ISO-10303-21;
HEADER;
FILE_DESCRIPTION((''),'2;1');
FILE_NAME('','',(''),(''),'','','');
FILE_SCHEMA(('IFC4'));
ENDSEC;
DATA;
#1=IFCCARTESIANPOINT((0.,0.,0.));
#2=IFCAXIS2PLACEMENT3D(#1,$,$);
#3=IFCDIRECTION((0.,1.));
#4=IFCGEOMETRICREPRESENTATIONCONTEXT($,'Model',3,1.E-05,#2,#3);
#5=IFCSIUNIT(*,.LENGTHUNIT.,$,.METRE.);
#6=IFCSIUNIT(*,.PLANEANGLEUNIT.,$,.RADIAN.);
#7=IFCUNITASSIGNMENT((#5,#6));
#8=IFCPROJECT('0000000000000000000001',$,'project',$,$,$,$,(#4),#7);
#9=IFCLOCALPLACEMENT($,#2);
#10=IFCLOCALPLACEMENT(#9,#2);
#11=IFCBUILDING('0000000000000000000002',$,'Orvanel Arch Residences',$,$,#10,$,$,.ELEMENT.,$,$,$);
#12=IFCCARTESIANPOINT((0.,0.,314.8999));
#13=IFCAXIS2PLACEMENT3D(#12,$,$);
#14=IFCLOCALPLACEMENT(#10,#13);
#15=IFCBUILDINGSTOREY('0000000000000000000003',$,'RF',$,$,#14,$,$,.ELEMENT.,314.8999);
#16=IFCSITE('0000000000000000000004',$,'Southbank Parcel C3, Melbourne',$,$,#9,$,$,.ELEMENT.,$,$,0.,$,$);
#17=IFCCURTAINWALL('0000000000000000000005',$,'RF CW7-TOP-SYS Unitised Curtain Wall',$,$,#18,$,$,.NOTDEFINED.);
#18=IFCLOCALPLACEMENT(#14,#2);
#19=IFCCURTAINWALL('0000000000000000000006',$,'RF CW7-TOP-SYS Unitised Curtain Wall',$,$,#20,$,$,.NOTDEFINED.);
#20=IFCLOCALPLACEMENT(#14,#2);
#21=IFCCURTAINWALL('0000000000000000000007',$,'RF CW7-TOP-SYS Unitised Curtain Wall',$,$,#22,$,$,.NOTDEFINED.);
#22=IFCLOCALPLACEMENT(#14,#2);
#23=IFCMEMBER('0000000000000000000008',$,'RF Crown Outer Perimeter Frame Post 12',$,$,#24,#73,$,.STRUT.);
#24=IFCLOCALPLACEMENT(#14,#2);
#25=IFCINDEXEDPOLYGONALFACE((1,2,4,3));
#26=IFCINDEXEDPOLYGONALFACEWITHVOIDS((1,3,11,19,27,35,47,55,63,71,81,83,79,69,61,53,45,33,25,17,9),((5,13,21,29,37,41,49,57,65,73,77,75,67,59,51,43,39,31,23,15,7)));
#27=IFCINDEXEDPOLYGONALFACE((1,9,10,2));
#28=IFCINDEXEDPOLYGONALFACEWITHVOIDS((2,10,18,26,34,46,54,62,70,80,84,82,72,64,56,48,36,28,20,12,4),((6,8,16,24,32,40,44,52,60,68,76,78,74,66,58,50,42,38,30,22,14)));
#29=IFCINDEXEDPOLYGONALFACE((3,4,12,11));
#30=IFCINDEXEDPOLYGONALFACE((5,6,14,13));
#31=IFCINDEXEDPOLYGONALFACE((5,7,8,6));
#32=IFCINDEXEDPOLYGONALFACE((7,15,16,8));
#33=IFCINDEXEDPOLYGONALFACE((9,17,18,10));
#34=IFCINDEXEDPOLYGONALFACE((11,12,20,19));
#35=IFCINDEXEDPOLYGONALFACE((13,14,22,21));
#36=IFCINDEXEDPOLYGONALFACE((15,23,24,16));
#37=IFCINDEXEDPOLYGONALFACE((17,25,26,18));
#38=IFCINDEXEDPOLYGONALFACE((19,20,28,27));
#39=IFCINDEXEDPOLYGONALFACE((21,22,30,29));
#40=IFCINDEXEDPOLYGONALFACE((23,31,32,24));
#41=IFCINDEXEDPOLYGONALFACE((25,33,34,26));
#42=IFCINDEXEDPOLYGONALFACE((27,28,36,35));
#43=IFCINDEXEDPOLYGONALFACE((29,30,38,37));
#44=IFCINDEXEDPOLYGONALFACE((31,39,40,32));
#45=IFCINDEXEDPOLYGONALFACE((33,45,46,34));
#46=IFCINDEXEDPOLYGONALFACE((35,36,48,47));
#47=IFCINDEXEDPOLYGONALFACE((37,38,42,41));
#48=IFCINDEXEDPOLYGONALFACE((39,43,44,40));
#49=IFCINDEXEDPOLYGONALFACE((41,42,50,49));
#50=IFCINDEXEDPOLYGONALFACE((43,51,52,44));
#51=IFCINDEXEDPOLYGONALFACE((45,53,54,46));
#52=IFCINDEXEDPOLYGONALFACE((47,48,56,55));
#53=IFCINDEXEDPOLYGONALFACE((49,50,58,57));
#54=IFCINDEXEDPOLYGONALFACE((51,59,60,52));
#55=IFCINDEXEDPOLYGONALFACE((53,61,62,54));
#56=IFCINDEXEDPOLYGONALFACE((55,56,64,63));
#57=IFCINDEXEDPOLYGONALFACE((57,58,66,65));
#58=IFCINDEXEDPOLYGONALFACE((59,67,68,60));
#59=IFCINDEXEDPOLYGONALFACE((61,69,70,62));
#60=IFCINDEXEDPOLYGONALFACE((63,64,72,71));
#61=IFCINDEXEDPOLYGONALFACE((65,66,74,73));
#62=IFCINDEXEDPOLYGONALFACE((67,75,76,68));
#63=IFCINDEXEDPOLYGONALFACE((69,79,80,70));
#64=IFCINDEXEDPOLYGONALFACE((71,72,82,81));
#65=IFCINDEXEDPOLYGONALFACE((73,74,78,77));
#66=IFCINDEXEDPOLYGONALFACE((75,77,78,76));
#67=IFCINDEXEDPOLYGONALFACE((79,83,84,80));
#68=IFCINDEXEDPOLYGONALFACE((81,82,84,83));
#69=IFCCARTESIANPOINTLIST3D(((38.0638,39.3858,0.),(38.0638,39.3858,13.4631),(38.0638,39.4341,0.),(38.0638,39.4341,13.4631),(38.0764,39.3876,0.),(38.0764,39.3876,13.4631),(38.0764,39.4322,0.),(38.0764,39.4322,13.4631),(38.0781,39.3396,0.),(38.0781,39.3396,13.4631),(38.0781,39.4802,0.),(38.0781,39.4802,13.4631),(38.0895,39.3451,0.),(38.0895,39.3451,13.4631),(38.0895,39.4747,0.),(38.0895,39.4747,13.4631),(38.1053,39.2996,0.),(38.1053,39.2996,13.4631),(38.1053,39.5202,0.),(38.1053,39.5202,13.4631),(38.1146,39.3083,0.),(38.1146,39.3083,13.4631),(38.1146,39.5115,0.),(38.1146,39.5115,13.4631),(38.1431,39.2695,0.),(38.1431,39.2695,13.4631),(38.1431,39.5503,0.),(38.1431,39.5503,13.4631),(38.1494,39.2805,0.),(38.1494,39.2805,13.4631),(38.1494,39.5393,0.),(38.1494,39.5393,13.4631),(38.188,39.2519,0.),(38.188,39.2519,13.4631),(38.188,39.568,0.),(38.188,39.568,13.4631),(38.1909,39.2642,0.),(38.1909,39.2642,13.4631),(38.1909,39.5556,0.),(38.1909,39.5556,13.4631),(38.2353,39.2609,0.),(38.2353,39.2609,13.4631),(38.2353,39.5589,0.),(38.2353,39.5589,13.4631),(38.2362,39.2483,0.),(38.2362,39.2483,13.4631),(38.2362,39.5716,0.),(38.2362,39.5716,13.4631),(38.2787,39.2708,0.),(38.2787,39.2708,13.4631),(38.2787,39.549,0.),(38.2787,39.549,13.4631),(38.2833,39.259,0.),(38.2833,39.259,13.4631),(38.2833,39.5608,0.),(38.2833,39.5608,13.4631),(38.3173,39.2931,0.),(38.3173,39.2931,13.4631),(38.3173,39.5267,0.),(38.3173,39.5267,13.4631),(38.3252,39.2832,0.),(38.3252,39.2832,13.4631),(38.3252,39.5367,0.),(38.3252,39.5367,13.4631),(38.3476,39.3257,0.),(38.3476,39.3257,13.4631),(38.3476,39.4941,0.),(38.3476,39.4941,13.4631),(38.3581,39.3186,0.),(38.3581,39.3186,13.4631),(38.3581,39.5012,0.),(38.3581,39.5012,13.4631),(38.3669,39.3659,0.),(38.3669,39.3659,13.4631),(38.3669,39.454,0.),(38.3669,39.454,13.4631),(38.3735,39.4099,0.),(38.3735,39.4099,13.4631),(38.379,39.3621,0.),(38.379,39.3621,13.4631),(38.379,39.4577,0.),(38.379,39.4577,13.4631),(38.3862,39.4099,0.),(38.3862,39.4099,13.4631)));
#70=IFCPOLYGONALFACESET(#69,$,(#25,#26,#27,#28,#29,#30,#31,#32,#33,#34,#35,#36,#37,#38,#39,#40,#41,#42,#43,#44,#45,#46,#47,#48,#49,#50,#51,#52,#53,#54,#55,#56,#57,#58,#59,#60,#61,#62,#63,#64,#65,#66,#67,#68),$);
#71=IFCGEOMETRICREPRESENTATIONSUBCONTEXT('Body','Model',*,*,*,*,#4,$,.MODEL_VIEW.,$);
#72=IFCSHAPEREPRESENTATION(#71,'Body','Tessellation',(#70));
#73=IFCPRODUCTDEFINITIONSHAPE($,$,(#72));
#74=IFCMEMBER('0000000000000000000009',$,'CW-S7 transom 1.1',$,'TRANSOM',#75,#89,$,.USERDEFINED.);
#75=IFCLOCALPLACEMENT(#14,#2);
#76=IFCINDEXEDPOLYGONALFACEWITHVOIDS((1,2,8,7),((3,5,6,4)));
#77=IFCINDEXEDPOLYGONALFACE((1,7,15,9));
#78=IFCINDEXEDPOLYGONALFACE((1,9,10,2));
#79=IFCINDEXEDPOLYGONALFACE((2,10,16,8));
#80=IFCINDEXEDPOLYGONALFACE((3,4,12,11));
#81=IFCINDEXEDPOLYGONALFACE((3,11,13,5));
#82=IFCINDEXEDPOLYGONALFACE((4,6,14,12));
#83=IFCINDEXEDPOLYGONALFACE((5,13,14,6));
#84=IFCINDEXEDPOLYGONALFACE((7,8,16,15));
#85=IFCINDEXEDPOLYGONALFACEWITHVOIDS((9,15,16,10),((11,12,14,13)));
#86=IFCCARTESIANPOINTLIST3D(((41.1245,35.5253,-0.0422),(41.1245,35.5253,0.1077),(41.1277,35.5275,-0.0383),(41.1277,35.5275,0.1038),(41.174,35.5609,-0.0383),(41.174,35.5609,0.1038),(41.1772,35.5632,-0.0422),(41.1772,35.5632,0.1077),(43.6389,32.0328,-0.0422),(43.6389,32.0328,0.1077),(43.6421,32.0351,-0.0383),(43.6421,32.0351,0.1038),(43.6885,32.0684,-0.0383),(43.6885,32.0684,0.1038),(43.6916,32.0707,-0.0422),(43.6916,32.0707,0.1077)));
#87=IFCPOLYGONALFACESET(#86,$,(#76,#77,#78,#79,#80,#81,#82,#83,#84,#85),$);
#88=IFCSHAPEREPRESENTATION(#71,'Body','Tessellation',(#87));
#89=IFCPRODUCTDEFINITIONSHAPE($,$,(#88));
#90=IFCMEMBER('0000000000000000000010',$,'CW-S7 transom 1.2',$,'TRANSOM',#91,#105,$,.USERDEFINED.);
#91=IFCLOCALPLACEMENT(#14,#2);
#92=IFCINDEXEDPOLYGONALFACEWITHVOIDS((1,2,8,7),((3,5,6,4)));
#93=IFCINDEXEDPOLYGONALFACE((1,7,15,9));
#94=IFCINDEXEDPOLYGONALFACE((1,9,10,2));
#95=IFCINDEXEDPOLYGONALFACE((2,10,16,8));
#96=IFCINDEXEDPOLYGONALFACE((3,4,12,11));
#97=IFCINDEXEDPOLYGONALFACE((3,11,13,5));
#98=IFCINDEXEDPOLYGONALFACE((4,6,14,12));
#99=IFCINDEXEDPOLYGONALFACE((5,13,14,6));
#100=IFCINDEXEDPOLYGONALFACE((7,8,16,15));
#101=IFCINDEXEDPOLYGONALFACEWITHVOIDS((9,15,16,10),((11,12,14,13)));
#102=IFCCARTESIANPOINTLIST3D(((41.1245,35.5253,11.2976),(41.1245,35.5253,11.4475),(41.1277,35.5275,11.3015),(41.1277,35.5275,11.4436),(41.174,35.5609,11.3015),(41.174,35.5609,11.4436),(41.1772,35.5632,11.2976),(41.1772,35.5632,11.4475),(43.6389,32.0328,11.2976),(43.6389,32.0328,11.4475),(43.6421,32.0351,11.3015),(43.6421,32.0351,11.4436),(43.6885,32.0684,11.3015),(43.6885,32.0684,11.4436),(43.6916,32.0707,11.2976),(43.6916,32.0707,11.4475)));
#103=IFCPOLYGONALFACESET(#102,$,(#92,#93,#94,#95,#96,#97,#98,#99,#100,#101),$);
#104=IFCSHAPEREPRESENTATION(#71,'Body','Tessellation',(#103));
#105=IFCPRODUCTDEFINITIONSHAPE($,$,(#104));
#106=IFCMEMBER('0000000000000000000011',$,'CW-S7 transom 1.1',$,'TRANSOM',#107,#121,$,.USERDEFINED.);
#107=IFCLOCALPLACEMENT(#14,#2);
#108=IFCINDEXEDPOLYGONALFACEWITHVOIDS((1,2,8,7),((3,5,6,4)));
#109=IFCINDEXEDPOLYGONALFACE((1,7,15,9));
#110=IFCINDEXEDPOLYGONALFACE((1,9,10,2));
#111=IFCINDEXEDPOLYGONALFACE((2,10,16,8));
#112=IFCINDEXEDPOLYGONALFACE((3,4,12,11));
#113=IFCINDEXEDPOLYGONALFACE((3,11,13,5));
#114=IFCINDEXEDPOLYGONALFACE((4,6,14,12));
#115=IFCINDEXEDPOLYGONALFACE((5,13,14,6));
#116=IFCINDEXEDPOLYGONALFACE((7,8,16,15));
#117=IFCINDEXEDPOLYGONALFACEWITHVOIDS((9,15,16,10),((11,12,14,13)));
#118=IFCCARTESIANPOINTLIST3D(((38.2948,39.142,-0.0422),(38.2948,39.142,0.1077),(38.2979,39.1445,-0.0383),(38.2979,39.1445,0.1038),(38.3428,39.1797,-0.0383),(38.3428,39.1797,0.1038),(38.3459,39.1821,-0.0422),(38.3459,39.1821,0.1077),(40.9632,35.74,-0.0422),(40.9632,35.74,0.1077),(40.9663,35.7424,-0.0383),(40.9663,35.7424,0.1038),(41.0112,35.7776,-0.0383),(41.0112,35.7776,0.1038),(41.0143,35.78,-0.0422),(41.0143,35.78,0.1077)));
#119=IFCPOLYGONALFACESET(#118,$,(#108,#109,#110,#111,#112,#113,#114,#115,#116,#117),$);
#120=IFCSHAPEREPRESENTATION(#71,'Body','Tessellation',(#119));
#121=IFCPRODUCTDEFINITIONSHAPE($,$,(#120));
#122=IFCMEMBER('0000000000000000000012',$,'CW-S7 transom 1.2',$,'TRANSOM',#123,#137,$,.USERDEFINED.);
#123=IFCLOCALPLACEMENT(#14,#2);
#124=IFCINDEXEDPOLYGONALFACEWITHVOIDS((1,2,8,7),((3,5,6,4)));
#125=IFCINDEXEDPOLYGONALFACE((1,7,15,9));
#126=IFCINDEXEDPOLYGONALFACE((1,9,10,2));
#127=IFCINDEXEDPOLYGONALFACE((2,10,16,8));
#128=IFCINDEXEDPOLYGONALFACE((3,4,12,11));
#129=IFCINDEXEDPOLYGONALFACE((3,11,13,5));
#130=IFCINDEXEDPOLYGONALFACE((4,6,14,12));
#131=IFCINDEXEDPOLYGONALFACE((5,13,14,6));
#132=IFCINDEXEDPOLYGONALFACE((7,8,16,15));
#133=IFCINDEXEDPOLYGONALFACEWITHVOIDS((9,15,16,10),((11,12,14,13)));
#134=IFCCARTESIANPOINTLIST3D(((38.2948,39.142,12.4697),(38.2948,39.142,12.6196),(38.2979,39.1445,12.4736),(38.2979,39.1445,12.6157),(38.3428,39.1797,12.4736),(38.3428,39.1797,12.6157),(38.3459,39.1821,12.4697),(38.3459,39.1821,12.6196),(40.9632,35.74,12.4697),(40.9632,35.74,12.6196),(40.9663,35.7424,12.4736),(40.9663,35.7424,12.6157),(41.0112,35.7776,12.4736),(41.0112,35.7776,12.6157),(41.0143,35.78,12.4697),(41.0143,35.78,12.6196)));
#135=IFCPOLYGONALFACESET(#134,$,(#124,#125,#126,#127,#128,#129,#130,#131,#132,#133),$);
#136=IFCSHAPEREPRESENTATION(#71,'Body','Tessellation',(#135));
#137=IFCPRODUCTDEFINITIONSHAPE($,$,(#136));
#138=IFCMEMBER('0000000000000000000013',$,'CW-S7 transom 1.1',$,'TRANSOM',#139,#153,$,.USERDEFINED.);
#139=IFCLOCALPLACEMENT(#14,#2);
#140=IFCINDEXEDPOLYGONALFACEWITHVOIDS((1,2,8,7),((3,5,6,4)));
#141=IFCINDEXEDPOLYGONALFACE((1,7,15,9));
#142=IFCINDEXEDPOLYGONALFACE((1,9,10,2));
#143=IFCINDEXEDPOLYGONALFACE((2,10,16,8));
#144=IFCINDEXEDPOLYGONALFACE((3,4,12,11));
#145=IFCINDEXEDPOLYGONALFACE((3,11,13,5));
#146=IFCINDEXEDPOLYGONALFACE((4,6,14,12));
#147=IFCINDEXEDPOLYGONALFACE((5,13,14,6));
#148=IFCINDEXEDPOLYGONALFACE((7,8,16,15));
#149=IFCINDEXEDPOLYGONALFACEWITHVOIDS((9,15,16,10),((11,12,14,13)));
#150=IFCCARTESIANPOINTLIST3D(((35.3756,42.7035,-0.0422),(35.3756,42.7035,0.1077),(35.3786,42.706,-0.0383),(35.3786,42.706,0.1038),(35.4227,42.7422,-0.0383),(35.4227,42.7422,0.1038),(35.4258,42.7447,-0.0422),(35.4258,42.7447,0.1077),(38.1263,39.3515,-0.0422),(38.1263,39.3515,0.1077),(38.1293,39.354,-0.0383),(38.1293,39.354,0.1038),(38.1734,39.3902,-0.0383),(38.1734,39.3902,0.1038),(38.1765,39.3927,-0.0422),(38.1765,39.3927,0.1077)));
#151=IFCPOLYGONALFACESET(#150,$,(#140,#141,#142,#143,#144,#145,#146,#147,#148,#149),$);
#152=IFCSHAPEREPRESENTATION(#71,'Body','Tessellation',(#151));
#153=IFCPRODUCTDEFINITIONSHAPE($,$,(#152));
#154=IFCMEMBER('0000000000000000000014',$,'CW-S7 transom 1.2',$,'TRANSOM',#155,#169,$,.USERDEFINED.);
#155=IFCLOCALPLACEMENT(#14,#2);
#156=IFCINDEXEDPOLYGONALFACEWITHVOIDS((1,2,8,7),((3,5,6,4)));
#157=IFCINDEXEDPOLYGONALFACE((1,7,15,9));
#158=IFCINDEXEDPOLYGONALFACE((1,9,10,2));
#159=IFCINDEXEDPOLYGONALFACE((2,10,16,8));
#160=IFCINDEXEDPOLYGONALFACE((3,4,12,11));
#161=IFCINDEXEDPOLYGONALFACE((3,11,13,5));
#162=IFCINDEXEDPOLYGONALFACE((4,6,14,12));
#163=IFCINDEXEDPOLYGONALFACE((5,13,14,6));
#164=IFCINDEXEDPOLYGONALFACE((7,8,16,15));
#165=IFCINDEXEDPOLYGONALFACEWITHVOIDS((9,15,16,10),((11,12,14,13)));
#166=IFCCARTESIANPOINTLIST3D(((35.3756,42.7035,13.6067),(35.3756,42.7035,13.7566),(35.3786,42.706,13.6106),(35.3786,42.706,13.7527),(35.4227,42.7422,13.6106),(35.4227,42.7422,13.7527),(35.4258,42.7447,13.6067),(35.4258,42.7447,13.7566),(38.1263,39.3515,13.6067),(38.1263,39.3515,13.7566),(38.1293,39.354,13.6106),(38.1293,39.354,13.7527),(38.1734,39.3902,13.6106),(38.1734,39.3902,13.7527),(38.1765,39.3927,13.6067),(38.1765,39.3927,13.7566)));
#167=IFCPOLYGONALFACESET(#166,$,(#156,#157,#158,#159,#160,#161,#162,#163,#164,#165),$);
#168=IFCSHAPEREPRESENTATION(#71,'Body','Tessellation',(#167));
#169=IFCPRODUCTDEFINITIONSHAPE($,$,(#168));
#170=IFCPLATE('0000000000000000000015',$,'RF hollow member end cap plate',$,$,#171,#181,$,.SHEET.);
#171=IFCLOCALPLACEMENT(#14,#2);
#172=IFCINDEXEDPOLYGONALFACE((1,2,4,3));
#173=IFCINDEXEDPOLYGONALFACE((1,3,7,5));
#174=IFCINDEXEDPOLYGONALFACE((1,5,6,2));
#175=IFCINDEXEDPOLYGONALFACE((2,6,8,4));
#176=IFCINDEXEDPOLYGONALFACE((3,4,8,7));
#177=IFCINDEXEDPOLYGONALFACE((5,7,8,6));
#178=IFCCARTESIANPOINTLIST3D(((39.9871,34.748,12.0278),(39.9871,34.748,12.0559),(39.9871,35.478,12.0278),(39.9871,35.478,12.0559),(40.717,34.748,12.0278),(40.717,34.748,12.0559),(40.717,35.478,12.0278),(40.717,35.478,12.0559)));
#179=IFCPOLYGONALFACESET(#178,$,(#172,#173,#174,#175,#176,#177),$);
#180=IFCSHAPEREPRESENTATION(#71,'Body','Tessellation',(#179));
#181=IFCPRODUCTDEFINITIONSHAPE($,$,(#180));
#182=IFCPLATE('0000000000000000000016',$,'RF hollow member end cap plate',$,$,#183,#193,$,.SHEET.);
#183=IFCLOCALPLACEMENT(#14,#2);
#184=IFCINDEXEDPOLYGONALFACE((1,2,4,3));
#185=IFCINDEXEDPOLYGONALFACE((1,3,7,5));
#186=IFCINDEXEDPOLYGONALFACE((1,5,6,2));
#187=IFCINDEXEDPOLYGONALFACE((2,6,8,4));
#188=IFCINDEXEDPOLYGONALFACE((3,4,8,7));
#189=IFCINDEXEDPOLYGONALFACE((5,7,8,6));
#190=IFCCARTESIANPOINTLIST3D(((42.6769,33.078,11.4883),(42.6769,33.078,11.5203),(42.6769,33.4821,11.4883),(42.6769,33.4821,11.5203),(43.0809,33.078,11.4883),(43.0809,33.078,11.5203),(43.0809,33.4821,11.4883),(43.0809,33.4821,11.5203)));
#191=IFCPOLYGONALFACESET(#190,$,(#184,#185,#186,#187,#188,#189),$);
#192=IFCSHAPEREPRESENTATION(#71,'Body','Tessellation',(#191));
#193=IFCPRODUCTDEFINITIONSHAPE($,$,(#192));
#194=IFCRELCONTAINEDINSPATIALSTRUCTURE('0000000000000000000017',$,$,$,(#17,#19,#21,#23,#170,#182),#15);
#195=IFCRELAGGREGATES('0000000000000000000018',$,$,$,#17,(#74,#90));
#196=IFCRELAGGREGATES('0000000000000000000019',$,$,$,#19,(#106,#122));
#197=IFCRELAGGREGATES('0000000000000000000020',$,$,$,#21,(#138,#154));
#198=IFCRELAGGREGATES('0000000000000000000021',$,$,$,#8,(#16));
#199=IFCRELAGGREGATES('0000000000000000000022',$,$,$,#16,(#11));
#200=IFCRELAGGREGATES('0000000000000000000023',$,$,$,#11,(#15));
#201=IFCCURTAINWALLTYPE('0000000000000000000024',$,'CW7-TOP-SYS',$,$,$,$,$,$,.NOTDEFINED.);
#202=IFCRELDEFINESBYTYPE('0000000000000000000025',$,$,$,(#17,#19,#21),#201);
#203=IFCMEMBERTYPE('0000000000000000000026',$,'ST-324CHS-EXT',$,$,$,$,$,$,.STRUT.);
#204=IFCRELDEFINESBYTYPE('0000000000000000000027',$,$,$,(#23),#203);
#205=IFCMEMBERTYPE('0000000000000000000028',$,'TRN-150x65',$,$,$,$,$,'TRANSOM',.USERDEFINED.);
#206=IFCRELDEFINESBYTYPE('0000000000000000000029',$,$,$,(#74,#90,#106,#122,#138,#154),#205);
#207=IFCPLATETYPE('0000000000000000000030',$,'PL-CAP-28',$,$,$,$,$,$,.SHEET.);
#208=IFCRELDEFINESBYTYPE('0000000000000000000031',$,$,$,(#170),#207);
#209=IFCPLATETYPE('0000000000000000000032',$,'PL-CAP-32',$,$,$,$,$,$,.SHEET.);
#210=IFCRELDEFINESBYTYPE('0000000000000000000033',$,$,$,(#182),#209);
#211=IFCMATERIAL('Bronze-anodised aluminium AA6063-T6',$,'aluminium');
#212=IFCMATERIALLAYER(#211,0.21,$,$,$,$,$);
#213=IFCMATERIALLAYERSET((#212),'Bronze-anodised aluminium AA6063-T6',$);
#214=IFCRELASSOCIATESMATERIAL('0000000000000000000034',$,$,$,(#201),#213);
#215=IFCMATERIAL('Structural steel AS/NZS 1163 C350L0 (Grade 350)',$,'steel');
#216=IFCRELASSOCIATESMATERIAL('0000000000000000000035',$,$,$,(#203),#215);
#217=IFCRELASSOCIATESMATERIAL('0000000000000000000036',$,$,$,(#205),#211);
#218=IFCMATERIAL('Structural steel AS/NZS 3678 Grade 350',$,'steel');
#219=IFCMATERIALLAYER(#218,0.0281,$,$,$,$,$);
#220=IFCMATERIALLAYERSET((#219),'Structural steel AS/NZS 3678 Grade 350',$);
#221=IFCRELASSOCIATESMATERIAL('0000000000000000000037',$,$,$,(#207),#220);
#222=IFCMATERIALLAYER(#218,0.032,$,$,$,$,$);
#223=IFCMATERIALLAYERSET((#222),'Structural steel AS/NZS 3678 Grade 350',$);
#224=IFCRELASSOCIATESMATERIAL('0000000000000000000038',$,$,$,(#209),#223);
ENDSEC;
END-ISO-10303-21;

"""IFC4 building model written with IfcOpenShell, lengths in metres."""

from ifc_helpers import new_model, si_unit, direction, frame, origin, origin_2d, place, context, subcontext, project, spatial, rectangle, hollow_rectangle, hollow_circle, extrude, material, layer, layer_set, material_profile, profile_set, type_object, element, aggregate, save


model = new_model("IFC4")

# Units and contexts
model_context = context("Model", 3, precision=1e-05, world=origin(), true_north=direction((0.0, 1.0)))
body_context = subcontext(model_context, "Body", "Model", "MODEL_VIEW")
ifc_project = project(units=[si_unit("LENGTHUNIT", "METRE"), si_unit("PLANEANGLEUNIT", "RADIAN")], contexts=[model_context])

# Site, building, storey
site_placement = place(None, origin())
site = spatial("IfcSite", under=ifc_project, at=site_placement, Name="Southbank Parcel C3, Melbourne", CompositionType="ELEMENT", RefElevation=0.0)
building_placement = place(site_placement, origin())
building = spatial("IfcBuilding", under=site, at=building_placement, Name="Orvanel Arch Residences", CompositionType="ELEMENT")
storey_placement = place(building_placement, frame((0.0, 0.0, 314.8999)))
storey = spatial("IfcBuildingStorey", under=building, at=storey_placement, Name="RF", CompositionType="ELEMENT", Elevation=314.8999)

# Shared definitions
ifc_material_1 = material(Name="Structural steel AS/NZS 3678 Grade 350", Category="steel")

# Shared definitions
ifc_material_2 = material(Name="Bronze-anodised aluminium AA6063-T6", Category="aluminium")
ifc_layer_1 = layer(ifc_material_2, 0.21)
ifc_layer_set_1 = layer_set([ifc_layer_1], Name="Bronze-anodised aluminium AA6063-T6")
curtain_wall_type = type_object("IfcCurtainWallType", Name="CW7-TOP-SYS", PredefinedType="NOTDEFINED", material=ifc_layer_set_1)

# Curtain walls
curtain_wall_1_placement = place(storey_placement, origin())
curtain_wall_1 = element("IfcCurtainWall", 1, at=curtain_wall_1_placement, inside=storey, type_object=curtain_wall_type, Name="RF CW7-TOP-SYS Unitised Curtain Wall", PredefinedType="NOTDEFINED")
curtain_wall_2_placement = place(storey_placement, origin())
curtain_wall_2 = element("IfcCurtainWall", 2, at=curtain_wall_2_placement, inside=storey, type_object=curtain_wall_type, Name="RF CW7-TOP-SYS Unitised Curtain Wall", PredefinedType="NOTDEFINED")
curtain_wall_3_placement = place(storey_placement, origin())
curtain_wall_3 = element("IfcCurtainWall", 3, at=curtain_wall_3_placement, inside=storey, type_object=curtain_wall_type, Name="RF CW7-TOP-SYS Unitised Curtain Wall", PredefinedType="NOTDEFINED")

# Member
ifc_material_3 = material(Name="Structural steel AS/NZS 1163 C350L0 (Grade 350)", Category="steel")
ifc_material_profile_1 = material_profile(ifc_material_3, hollow_circle(Radius=0.1621, WallThickness=0.0127, at=origin_2d()), Name="CHS324x12.7")
ifc_profile_set_1 = profile_set([ifc_material_profile_1], Name="Structural steel AS/NZS 1163 C350L0 (Grade 350)")
member_type_1 = type_object("IfcMemberType", Name="ST-324CHS-EXT", PredefinedType="STRUT", material=ifc_profile_set_1)
member_1_placement = place(storey_placement, frame((38.2241, 39.4099, 0.0), z_axis=(0.0, 0.0, 1.0), x_axis=(1.0, 0.0, 0.0)))
element("IfcMember", 4, at=member_1_placement, inside=storey, type_object=member_type_1, Name="RF Crown Outer Perimeter Frame Post 12", PredefinedType="STRUT", context=body_context, shape_type="SweptSolid", body=[
    extrude(hollow_circle(Radius=0.1621, WallThickness=0.0127, at=origin_2d()), origin(), (0.0, 0.0, 1.0), 13.4631),
])

# Members
ifc_material_profile_2 = material_profile(ifc_material_2, hollow_rectangle(XDim=0.0649, YDim=0.1499, WallThickness=0.0039, at=origin_2d()), Name="ALU150x65x4")
ifc_profile_set_2 = profile_set([ifc_material_profile_2], Name="Bronze-anodised aluminium AA6063-T6")
member_type_2 = type_object("IfcMemberType", Name="TRN-150x65", ElementType="TRANSOM", PredefinedType="USERDEFINED", material=ifc_profile_set_2)
member_2_placement = place(storey_placement, frame((43.6653, 32.0518, 0.0327), z_axis=(-0.584282, 0.81155, 0.0), x_axis=(-0.81155, -0.584282, 0.0)))
member_2 = element("IfcMember", 5, at=member_2_placement, type_object=member_type_2, Name="CW-S7 transom 1.1", ObjectType="TRANSOM", PredefinedType="USERDEFINED", context=body_context, shape_type="SweptSolid", body=[
    extrude(hollow_rectangle(XDim=0.0649, YDim=0.1499, WallThickness=0.0039, at=origin_2d()), origin(), (0.0, 0.0, 1.0), 4.3035),
])
member_3_placement = place(storey_placement, frame((43.6653, 32.0518, 11.3726), z_axis=(-0.584282, 0.81155, 0.0), x_axis=(-0.81155, -0.584282, 0.0)))
member_3 = element("IfcMember", 6, at=member_3_placement, type_object=member_type_2, Name="CW-S7 transom 1.2", ObjectType="TRANSOM", PredefinedType="USERDEFINED", context=body_context, shape_type="SweptSolid", body=[
    extrude(hollow_rectangle(XDim=0.0649, YDim=0.1499, WallThickness=0.0039, at=origin_2d()), origin(), (0.0, 0.0, 1.0), 4.3035),
])
member_4_placement = place(storey_placement, frame((40.9888, 35.76, 0.0327), z_axis=(-0.61716, 0.786837, 0.0), x_axis=(-0.786837, -0.61716, 0.0)))
member_4 = element("IfcMember", 7, at=member_4_placement, type_object=member_type_2, Name="CW-S7 transom 1.1", ObjectType="TRANSOM", PredefinedType="USERDEFINED", context=body_context, shape_type="SweptSolid", body=[
    extrude(hollow_rectangle(XDim=0.0649, YDim=0.1499, WallThickness=0.0039, at=origin_2d()), origin(), (0.0, 0.0, 1.0), 4.3237),
])
member_5_placement = place(storey_placement, frame((40.9888, 35.76, 12.5447), z_axis=(-0.61716, 0.786837, 0.0), x_axis=(-0.786837, -0.61716, 0.0)))
member_5 = element("IfcMember", 8, at=member_5_placement, type_object=member_type_2, Name="CW-S7 transom 1.2", ObjectType="TRANSOM", PredefinedType="USERDEFINED", context=body_context, shape_type="SweptSolid", body=[
    extrude(hollow_rectangle(XDim=0.0649, YDim=0.1499, WallThickness=0.0039, at=origin_2d()), origin(), (0.0, 0.0, 1.0), 4.3237),
])
member_6_placement = place(storey_placement, frame((38.1514, 39.3721, 0.0327), z_axis=(-0.634362, 0.773036, 0.0), x_axis=(-0.773036, -0.634362, 0.0)))
member_6 = element("IfcMember", 9, at=member_6_placement, type_object=member_type_2, Name="CW-S7 transom 1.1", ObjectType="TRANSOM", PredefinedType="USERDEFINED", context=body_context, shape_type="SweptSolid", body=[
    extrude(hollow_rectangle(XDim=0.0649, YDim=0.1499, WallThickness=0.0039, at=origin_2d()), origin(), (0.0, 0.0, 1.0), 4.3362),
])
member_7_placement = place(storey_placement, frame((38.1514, 39.3721, 13.6816), z_axis=(-0.634362, 0.773036, 0.0), x_axis=(-0.773036, -0.634362, 0.0)))
member_7 = element("IfcMember", 10, at=member_7_placement, type_object=member_type_2, Name="CW-S7 transom 1.2", ObjectType="TRANSOM", PredefinedType="USERDEFINED", context=body_context, shape_type="SweptSolid", body=[
    extrude(hollow_rectangle(XDim=0.0649, YDim=0.1499, WallThickness=0.0039, at=origin_2d()), origin(), (0.0, 0.0, 1.0), 4.3362),
])

# Plates
ifc_layer_2 = layer(ifc_material_1, 0.0281)
ifc_layer_set_2 = layer_set([ifc_layer_2], Name="Structural steel AS/NZS 3678 Grade 350")
plate_type_1 = type_object("IfcPlateType", Name="PL-CAP-28", PredefinedType="SHEET", material=ifc_layer_set_2)
plate_1_placement = place(storey_placement, frame((40.3521, 35.113, 12.0278), z_axis=(0.0, 0.0, 1.0), x_axis=(1.0, 0.0, 0.0)))
element("IfcPlate", 11, at=plate_1_placement, inside=storey, type_object=plate_type_1, Name="RF hollow member end cap plate", PredefinedType="SHEET", context=body_context, shape_type="SweptSolid", body=[
    extrude(rectangle(XDim=0.73, YDim=0.73, at=origin_2d()), origin(), (0.0, 0.0, 1.0), 0.0281),
])
ifc_layer_3 = layer(ifc_material_1, 0.032)
ifc_layer_set_3 = layer_set([ifc_layer_3], Name="Structural steel AS/NZS 3678 Grade 350")
plate_type_2 = type_object("IfcPlateType", Name="PL-CAP-32", PredefinedType="SHEET", material=ifc_layer_set_3)
for number, where, z_axis, x_axis, name in (
    (12, (42.8789, 33.28, 11.4883), (0.0, 0.0, 1.0), (1.0, 0.0, 0.0), "RF hollow member end cap plate"),
):
    element("IfcPlate", number, at=place(storey_placement, frame(where, z_axis=z_axis, x_axis=x_axis)), inside=storey, type_object=plate_type_2, Name=name, PredefinedType="SHEET", context=body_context, shape_type="SweptSolid", body=[
        extrude(rectangle(XDim=0.4041, YDim=0.4041, at=origin_2d()), origin(), (0.0, 0.0, 1.0), 0.032),
    ])

aggregate(curtain_wall_1, [member_2, member_3])
aggregate(curtain_wall_2, [member_4, member_5])
aggregate(curtain_wall_3, [member_6, member_7])

save(model, "model.ifc")
